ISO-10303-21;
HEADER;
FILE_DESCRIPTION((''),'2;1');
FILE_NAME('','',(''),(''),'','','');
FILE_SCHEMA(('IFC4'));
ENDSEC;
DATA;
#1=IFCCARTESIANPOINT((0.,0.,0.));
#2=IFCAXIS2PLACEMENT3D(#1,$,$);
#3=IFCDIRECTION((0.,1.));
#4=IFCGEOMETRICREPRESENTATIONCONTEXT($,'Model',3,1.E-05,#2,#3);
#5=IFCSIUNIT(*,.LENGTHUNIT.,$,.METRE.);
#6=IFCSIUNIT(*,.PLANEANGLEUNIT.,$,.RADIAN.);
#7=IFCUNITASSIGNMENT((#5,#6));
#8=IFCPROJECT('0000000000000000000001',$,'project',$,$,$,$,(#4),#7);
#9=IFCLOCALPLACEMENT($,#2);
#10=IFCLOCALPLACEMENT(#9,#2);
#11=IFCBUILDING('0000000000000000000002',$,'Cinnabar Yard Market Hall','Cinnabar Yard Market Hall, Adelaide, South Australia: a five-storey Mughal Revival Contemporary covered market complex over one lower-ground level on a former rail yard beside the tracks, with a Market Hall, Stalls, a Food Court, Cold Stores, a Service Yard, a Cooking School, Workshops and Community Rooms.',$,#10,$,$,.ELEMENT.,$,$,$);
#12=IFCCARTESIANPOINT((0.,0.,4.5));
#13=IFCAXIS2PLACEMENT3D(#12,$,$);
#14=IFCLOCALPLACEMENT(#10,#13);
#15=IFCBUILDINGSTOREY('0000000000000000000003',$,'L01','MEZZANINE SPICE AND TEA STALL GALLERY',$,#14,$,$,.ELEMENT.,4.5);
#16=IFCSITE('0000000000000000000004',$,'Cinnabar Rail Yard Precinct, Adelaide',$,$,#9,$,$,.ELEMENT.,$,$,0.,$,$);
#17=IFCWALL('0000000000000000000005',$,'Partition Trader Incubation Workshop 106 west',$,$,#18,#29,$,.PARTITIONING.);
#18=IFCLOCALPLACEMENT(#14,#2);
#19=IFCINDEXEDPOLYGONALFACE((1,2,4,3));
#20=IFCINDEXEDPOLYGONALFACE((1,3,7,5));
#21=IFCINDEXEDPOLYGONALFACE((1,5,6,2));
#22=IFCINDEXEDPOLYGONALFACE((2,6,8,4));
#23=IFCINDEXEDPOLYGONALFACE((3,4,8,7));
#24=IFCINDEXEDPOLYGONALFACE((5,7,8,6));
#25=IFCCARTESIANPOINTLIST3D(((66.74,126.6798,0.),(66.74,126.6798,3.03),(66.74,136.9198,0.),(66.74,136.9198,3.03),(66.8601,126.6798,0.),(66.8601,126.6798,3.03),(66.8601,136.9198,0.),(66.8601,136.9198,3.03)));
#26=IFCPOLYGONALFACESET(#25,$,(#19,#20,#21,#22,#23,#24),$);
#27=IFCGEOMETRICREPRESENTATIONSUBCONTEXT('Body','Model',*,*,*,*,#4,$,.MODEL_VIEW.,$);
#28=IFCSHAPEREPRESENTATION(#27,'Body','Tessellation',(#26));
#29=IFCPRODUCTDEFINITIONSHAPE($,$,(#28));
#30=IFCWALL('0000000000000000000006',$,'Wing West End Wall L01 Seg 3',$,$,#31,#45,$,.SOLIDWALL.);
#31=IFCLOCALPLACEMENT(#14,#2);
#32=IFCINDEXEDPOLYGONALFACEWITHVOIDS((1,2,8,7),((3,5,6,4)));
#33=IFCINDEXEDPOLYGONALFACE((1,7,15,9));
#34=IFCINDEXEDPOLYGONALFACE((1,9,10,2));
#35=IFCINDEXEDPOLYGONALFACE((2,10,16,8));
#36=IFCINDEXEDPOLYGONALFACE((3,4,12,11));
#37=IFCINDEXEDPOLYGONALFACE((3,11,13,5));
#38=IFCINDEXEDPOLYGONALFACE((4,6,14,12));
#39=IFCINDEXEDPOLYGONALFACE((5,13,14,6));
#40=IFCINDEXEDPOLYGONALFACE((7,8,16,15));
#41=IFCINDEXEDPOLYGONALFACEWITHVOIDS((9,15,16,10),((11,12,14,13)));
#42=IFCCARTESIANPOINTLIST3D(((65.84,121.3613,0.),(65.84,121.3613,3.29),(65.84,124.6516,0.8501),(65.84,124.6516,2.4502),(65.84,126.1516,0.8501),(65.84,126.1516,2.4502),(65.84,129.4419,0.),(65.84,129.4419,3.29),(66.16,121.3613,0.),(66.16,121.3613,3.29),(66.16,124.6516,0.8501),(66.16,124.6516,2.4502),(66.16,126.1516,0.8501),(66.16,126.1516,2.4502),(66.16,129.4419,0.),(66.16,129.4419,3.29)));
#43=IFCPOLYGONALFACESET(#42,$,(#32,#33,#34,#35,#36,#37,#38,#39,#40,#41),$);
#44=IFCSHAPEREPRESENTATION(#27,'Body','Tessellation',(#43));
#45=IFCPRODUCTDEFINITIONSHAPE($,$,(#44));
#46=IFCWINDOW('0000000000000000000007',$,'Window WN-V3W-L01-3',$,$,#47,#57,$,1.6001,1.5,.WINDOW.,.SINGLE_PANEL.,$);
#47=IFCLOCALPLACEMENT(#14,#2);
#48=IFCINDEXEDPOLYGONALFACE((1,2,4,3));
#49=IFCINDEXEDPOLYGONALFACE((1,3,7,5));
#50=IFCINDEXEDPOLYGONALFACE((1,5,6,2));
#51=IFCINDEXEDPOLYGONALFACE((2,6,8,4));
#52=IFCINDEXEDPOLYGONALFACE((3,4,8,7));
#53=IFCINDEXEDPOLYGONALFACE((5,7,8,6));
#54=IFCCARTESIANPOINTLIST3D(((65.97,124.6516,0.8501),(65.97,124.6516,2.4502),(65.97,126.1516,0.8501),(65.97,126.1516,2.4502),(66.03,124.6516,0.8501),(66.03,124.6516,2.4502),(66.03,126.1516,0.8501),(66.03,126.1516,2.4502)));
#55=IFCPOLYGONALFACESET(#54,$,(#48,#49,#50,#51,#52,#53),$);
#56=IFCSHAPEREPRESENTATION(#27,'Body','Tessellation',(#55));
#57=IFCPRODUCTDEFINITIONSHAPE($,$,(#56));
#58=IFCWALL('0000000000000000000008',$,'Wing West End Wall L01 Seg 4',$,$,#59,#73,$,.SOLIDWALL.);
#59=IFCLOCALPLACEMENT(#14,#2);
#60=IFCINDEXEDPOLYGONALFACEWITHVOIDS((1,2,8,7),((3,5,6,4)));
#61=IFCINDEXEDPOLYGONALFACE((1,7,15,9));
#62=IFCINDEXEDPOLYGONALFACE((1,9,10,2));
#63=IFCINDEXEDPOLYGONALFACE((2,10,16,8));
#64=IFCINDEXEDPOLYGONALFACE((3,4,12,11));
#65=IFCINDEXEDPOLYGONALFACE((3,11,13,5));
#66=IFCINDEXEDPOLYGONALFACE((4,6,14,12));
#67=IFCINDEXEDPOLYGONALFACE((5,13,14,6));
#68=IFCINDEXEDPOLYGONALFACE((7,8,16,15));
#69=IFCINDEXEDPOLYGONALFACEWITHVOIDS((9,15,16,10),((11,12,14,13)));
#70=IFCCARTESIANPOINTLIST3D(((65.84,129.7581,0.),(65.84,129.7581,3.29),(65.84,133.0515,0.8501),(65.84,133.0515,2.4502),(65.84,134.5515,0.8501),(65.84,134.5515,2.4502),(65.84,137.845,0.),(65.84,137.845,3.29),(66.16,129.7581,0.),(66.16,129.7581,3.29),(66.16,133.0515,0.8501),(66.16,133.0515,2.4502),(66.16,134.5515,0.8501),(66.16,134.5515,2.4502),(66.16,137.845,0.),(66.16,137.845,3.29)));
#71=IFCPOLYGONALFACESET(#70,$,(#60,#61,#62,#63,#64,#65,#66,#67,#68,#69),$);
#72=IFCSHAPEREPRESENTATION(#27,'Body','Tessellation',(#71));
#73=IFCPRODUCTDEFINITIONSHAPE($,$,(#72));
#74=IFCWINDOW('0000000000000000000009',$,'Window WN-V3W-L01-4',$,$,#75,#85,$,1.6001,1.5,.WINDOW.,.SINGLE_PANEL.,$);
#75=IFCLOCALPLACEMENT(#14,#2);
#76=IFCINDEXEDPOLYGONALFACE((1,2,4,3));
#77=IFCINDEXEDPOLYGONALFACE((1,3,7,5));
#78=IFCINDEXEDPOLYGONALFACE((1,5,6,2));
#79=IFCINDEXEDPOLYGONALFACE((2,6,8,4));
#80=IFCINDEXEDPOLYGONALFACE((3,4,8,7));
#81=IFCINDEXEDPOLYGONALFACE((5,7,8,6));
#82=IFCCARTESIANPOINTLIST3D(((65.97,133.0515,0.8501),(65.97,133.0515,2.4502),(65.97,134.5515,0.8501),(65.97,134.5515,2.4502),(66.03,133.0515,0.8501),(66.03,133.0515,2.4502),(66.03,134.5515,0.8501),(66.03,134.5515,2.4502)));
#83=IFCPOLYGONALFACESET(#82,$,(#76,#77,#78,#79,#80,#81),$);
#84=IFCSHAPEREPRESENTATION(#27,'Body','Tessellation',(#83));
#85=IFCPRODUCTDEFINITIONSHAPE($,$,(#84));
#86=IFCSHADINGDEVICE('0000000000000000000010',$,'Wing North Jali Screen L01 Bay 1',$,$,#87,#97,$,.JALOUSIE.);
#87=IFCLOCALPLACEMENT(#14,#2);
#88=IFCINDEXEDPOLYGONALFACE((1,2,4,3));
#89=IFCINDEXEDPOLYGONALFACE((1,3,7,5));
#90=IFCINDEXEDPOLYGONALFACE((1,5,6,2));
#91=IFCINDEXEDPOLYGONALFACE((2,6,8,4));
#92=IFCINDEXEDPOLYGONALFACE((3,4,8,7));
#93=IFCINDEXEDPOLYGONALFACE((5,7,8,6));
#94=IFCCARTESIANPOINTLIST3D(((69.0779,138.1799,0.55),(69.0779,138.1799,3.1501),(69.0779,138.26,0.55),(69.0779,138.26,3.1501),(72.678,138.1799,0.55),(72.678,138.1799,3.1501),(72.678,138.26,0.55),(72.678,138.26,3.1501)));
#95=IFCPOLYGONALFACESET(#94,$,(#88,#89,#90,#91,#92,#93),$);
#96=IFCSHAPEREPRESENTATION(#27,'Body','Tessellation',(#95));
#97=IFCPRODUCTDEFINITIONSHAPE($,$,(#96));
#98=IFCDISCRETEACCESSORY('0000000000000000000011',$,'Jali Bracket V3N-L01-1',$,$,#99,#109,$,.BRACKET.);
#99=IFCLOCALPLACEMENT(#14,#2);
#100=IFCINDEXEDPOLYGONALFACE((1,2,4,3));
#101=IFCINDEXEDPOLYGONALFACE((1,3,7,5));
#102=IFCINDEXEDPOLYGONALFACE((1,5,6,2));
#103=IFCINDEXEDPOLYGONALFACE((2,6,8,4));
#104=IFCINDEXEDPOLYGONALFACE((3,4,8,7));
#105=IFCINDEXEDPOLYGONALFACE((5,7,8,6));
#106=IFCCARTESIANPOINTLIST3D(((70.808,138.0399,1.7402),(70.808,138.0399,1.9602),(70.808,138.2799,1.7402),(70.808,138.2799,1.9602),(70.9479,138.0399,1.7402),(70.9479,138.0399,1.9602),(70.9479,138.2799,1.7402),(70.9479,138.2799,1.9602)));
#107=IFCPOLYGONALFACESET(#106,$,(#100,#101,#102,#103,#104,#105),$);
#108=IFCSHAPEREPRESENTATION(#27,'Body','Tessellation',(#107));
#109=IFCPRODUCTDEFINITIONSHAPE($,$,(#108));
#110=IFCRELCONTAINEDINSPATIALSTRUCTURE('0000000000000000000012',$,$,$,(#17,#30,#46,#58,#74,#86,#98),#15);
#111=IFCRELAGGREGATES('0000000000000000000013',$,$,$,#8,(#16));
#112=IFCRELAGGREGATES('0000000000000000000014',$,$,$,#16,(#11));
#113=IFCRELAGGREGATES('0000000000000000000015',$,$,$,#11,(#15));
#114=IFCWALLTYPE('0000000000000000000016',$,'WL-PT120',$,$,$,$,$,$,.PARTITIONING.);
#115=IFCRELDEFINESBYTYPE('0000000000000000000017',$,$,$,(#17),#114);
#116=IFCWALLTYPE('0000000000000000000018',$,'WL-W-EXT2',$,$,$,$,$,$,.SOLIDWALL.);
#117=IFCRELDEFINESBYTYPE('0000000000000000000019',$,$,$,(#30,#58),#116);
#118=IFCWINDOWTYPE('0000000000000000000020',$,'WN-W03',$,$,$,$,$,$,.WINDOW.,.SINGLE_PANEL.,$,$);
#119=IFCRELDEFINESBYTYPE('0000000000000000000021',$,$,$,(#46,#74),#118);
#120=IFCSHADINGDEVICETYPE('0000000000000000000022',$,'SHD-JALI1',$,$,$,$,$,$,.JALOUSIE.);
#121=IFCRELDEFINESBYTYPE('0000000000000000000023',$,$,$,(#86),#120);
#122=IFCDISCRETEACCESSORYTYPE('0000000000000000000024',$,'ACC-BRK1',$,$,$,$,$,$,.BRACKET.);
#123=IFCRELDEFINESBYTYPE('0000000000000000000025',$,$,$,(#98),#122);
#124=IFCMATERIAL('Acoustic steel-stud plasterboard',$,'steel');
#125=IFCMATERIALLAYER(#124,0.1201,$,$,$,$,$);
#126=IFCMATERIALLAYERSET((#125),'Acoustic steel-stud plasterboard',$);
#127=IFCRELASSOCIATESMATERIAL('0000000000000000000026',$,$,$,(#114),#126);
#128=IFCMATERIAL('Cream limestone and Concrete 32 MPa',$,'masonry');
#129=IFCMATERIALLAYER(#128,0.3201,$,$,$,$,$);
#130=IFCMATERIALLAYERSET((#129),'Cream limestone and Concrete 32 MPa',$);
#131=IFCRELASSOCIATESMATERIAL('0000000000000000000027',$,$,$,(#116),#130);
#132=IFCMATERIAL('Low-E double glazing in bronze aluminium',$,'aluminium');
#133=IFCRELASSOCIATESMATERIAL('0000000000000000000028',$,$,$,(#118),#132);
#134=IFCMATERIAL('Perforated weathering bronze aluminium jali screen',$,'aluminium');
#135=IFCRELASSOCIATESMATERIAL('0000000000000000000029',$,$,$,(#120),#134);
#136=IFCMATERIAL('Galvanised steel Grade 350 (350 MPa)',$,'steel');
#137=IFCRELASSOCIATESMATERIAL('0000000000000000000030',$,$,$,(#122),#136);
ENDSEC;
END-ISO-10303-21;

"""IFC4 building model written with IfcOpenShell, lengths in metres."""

from ifc_helpers import new_model, si_unit, direction, frame, frame_2d, origin, origin_2d_with_axis, place, context, subcontext, project, spatial, rectangle, extrude, material, layer, layer_set, type_object, element, fill, save


model = new_model("IFC4")

# Units and contexts
model_context = context("Model", 3, precision=1e-05, world=origin(), true_north=direction((0.0, 1.0)))
body_context = subcontext(model_context, "Body", "Model", "MODEL_VIEW")
ifc_project = project(units=[si_unit("LENGTHUNIT", "METRE"), si_unit("PLANEANGLEUNIT", "RADIAN")], contexts=[model_context])

# Site, building, storey
site_placement = place(None, origin())
site = spatial("IfcSite", under=ifc_project, at=site_placement, Name="Cinnabar Rail Yard Precinct, Adelaide", CompositionType="ELEMENT", RefElevation=0.0)
building_placement = place(site_placement, origin())
building = spatial("IfcBuilding", under=site, at=building_placement, Name="Cinnabar Yard Market Hall", Description="Cinnabar Yard Market Hall, Adelaide, South Australia: a five-storey Mughal Revival Contemporary covered market complex over one lower-ground level on a former rail yard beside the tracks, with a Market Hall, Stalls, a Food Court, Cold Stores, a Service Yard, a Cooking School, Workshops and Community Rooms.", CompositionType="ELEMENT")
storey_placement = place(building_placement, frame((0.0, 0.0, 4.5)))
storey = spatial("IfcBuildingStorey", under=building, at=storey_placement, Name="L01", Description="MEZZANINE SPICE AND TEA STALL GALLERY", CompositionType="ELEMENT", Elevation=4.5)

# Shared definitions
ifc_material_1 = material(Name="Acoustic steel-stud plasterboard", Category="steel")
ifc_layer_1 = layer(ifc_material_1, 0.1201)
ifc_layer_set_1 = layer_set([ifc_layer_1], Name="Acoustic steel-stud plasterboard")
wall_type_1 = type_object("IfcWallType", Name="WL-PT120", PredefinedType="PARTITIONING", material=ifc_layer_set_1)

# Wall
wall_1_placement = place(storey_placement, frame((66.8, 136.9199, 0.0), z_axis=(0.0, 0.0, 1.0), x_axis=(0.0, -1.0, 0.0)))
element("IfcWall", 1, at=wall_1_placement, inside=storey, type_object=wall_type_1, Name="Partition Trader Incubation Workshop 106 west", PredefinedType="PARTITIONING", context=body_context, shape_type="SweptSolid", body=[
    extrude(rectangle(XDim=10.24, YDim=0.1201, at=frame_2d((5.1201, 0.0), x_axis=(1.0, 0.0))), origin(), (0.0, 0.0, 1.0), 3.03),
])

# Walls, openings, windows
ifc_material_2 = material(Name="Cream limestone and Concrete 32 MPa", Category="masonry")
ifc_layer_2 = layer(ifc_material_2, 0.3201)
ifc_layer_set_2 = layer_set([ifc_layer_2], Name="Cream limestone and Concrete 32 MPa")
wall_type_2 = type_object("IfcWallType", Name="WL-W-EXT2", PredefinedType="SOLIDWALL", material=ifc_layer_set_2)
wall_2_placement = place(storey_placement, frame((66.0, 129.4419, 0.0), z_axis=(0.0, 0.0, 1.0), x_axis=(0.0, -1.0, 0.0)))
wall_2 = element("IfcWall", 2, at=wall_2_placement, inside=storey, type_object=wall_type_2, Name="Wing West End Wall L01 Seg 3", PredefinedType="SOLIDWALL", context=body_context, shape_type="SweptSolid", body=[
    extrude(rectangle(XDim=8.0806, YDim=0.3201, at=frame_2d((4.0403, 0.0), x_axis=(1.0, 0.0))), origin(), (0.0, 0.0, 1.0), 3.29),
])
opening_1_placement = place(wall_2_placement, frame((3.2903, 0.0, 0.8501)))
opening_1 = element("IfcOpeningElement", 3, at=opening_1_placement, cuts=wall_2, PredefinedType="OPENING", context=body_context, shape_type="SweptSolid", body=[
    extrude(rectangle(XDim=1.5, YDim=1.6001, at=frame_2d((0.75, 0.8), x_axis=(1.0, 0.0))), frame((0.0, 0.1699, 0.0), z_axis=(0.0, -1.0, 0.0), x_axis=(1.0, 0.0, 0.0)), (0.0, 0.0, 1.0), 0.3401),
])
ifc_material_3 = material(Name="Low-E double glazing in bronze aluminium", Category="aluminium")
window_type = type_object("IfcWindowType", Name="WN-W03", PartitioningType="SINGLE_PANEL", PredefinedType="WINDOW", material=ifc_material_3)
window_1_placement = place(opening_1_placement, origin())
window_1 = element("IfcWindow", 4, at=window_1_placement, inside=storey, type_object=window_type, Name="Window WN-V3W-L01-3", OverallHeight=1.6001, OverallWidth=1.5, PartitioningType="SINGLE_PANEL", PredefinedType="WINDOW", context=body_context, shape_type="SweptSolid", body=[
    extrude(rectangle(XDim=1.5, YDim=1.6001, at=frame_2d((0.75, 0.8), x_axis=(1.0, 0.0))), frame((0.0, 0.03, 0.0), z_axis=(0.0, -1.0, 0.0), x_axis=(1.0, 0.0, 0.0)), (0.0, 0.0, 1.0), 0.0601),
])
fill(opening_1, window_1)
wall_3_placement = place(storey_placement, frame((66.0, 137.845, 0.0), z_axis=(0.0, 0.0, 1.0), x_axis=(0.0, -1.0, 0.0)))
wall_3 = element("IfcWall", 5, at=wall_3_placement, inside=storey, type_object=wall_type_2, Name="Wing West End Wall L01 Seg 4", PredefinedType="SOLIDWALL", context=body_context, shape_type="SweptSolid", body=[
    extrude(rectangle(XDim=8.0869, YDim=0.3201, at=frame_2d((4.0435, 0.0), x_axis=(1.0, 0.0))), origin(), (0.0, 0.0, 1.0), 3.29),
])
opening_2_placement = place(wall_3_placement, frame((3.2935, 0.0, 0.8501)))
opening_2 = element("IfcOpeningElement", 6, at=opening_2_placement, cuts=wall_3, PredefinedType="OPENING", context=body_context, shape_type="SweptSolid", body=[
    extrude(rectangle(XDim=1.5, YDim=1.6001, at=frame_2d((0.75, 0.8), x_axis=(1.0, 0.0))), frame((0.0, 0.1699, 0.0), z_axis=(0.0, -1.0, 0.0), x_axis=(1.0, 0.0, 0.0)), (0.0, 0.0, 1.0), 0.3401),
])
window_2_placement = place(opening_2_placement, origin())
window_2 = element("IfcWindow", 7, at=window_2_placement, inside=storey, type_object=window_type, Name="Window WN-V3W-L01-4", OverallHeight=1.6001, OverallWidth=1.5, PartitioningType="SINGLE_PANEL", PredefinedType="WINDOW", context=body_context, shape_type="SweptSolid", body=[
    extrude(rectangle(XDim=1.5, YDim=1.6001, at=frame_2d((0.75, 0.8), x_axis=(1.0, 0.0))), frame((0.0, 0.03, 0.0), z_axis=(0.0, -1.0, 0.0), x_axis=(1.0, 0.0, 0.0)), (0.0, 0.0, 1.0), 0.0601),
])
fill(opening_2, window_2)

# Shading device
ifc_material_4 = material(Name="Perforated weathering bronze aluminium jali screen", Category="aluminium")
shading_device_type = type_object("IfcShadingDeviceType", Name="SHD-JALI1", PredefinedType="JALOUSIE", material=ifc_material_4)
shading_device_placement = place(storey_placement, frame((70.8779, 138.22, 0.55), z_axis=(0.0, 0.0, 1.0), x_axis=(1.0, 0.0, 0.0)))
element("IfcShadingDevice", 8, at=shading_device_placement, inside=storey, type_object=shading_device_type, Name="Wing North Jali Screen L01 Bay 1", PredefinedType="JALOUSIE", context=body_context, shape_type="SweptSolid", body=[
    extrude(rectangle(XDim=3.6001, YDim=0.0801, at=origin_2d_with_axis()), origin(), (0.0, 0.0, 1.0), 2.6001),
])

# Discrete accessory
ifc_material_5 = material(Name="Galvanised steel Grade 350 (350 MPa)", Category="steel")
discrete_accessory_type = type_object("IfcDiscreteAccessoryType", Name="ACC-BRK1", PredefinedType="BRACKET", material=ifc_material_5)
discrete_accessory_placement = place(storey_placement, frame((70.8779, 138.1599, 1.7402), z_axis=(0.0, 0.0, 1.0), x_axis=(1.0, 0.0, 0.0)))
element("IfcDiscreteAccessory", 9, at=discrete_accessory_placement, inside=storey, type_object=discrete_accessory_type, Name="Jali Bracket V3N-L01-1", PredefinedType="BRACKET", context=body_context, shape_type="SweptSolid", body=[
    extrude(rectangle(XDim=0.1399, YDim=0.24, at=origin_2d_with_axis()), origin(), (0.0, 0.0, 1.0), 0.22),
])

save(model, "model.ifc")
